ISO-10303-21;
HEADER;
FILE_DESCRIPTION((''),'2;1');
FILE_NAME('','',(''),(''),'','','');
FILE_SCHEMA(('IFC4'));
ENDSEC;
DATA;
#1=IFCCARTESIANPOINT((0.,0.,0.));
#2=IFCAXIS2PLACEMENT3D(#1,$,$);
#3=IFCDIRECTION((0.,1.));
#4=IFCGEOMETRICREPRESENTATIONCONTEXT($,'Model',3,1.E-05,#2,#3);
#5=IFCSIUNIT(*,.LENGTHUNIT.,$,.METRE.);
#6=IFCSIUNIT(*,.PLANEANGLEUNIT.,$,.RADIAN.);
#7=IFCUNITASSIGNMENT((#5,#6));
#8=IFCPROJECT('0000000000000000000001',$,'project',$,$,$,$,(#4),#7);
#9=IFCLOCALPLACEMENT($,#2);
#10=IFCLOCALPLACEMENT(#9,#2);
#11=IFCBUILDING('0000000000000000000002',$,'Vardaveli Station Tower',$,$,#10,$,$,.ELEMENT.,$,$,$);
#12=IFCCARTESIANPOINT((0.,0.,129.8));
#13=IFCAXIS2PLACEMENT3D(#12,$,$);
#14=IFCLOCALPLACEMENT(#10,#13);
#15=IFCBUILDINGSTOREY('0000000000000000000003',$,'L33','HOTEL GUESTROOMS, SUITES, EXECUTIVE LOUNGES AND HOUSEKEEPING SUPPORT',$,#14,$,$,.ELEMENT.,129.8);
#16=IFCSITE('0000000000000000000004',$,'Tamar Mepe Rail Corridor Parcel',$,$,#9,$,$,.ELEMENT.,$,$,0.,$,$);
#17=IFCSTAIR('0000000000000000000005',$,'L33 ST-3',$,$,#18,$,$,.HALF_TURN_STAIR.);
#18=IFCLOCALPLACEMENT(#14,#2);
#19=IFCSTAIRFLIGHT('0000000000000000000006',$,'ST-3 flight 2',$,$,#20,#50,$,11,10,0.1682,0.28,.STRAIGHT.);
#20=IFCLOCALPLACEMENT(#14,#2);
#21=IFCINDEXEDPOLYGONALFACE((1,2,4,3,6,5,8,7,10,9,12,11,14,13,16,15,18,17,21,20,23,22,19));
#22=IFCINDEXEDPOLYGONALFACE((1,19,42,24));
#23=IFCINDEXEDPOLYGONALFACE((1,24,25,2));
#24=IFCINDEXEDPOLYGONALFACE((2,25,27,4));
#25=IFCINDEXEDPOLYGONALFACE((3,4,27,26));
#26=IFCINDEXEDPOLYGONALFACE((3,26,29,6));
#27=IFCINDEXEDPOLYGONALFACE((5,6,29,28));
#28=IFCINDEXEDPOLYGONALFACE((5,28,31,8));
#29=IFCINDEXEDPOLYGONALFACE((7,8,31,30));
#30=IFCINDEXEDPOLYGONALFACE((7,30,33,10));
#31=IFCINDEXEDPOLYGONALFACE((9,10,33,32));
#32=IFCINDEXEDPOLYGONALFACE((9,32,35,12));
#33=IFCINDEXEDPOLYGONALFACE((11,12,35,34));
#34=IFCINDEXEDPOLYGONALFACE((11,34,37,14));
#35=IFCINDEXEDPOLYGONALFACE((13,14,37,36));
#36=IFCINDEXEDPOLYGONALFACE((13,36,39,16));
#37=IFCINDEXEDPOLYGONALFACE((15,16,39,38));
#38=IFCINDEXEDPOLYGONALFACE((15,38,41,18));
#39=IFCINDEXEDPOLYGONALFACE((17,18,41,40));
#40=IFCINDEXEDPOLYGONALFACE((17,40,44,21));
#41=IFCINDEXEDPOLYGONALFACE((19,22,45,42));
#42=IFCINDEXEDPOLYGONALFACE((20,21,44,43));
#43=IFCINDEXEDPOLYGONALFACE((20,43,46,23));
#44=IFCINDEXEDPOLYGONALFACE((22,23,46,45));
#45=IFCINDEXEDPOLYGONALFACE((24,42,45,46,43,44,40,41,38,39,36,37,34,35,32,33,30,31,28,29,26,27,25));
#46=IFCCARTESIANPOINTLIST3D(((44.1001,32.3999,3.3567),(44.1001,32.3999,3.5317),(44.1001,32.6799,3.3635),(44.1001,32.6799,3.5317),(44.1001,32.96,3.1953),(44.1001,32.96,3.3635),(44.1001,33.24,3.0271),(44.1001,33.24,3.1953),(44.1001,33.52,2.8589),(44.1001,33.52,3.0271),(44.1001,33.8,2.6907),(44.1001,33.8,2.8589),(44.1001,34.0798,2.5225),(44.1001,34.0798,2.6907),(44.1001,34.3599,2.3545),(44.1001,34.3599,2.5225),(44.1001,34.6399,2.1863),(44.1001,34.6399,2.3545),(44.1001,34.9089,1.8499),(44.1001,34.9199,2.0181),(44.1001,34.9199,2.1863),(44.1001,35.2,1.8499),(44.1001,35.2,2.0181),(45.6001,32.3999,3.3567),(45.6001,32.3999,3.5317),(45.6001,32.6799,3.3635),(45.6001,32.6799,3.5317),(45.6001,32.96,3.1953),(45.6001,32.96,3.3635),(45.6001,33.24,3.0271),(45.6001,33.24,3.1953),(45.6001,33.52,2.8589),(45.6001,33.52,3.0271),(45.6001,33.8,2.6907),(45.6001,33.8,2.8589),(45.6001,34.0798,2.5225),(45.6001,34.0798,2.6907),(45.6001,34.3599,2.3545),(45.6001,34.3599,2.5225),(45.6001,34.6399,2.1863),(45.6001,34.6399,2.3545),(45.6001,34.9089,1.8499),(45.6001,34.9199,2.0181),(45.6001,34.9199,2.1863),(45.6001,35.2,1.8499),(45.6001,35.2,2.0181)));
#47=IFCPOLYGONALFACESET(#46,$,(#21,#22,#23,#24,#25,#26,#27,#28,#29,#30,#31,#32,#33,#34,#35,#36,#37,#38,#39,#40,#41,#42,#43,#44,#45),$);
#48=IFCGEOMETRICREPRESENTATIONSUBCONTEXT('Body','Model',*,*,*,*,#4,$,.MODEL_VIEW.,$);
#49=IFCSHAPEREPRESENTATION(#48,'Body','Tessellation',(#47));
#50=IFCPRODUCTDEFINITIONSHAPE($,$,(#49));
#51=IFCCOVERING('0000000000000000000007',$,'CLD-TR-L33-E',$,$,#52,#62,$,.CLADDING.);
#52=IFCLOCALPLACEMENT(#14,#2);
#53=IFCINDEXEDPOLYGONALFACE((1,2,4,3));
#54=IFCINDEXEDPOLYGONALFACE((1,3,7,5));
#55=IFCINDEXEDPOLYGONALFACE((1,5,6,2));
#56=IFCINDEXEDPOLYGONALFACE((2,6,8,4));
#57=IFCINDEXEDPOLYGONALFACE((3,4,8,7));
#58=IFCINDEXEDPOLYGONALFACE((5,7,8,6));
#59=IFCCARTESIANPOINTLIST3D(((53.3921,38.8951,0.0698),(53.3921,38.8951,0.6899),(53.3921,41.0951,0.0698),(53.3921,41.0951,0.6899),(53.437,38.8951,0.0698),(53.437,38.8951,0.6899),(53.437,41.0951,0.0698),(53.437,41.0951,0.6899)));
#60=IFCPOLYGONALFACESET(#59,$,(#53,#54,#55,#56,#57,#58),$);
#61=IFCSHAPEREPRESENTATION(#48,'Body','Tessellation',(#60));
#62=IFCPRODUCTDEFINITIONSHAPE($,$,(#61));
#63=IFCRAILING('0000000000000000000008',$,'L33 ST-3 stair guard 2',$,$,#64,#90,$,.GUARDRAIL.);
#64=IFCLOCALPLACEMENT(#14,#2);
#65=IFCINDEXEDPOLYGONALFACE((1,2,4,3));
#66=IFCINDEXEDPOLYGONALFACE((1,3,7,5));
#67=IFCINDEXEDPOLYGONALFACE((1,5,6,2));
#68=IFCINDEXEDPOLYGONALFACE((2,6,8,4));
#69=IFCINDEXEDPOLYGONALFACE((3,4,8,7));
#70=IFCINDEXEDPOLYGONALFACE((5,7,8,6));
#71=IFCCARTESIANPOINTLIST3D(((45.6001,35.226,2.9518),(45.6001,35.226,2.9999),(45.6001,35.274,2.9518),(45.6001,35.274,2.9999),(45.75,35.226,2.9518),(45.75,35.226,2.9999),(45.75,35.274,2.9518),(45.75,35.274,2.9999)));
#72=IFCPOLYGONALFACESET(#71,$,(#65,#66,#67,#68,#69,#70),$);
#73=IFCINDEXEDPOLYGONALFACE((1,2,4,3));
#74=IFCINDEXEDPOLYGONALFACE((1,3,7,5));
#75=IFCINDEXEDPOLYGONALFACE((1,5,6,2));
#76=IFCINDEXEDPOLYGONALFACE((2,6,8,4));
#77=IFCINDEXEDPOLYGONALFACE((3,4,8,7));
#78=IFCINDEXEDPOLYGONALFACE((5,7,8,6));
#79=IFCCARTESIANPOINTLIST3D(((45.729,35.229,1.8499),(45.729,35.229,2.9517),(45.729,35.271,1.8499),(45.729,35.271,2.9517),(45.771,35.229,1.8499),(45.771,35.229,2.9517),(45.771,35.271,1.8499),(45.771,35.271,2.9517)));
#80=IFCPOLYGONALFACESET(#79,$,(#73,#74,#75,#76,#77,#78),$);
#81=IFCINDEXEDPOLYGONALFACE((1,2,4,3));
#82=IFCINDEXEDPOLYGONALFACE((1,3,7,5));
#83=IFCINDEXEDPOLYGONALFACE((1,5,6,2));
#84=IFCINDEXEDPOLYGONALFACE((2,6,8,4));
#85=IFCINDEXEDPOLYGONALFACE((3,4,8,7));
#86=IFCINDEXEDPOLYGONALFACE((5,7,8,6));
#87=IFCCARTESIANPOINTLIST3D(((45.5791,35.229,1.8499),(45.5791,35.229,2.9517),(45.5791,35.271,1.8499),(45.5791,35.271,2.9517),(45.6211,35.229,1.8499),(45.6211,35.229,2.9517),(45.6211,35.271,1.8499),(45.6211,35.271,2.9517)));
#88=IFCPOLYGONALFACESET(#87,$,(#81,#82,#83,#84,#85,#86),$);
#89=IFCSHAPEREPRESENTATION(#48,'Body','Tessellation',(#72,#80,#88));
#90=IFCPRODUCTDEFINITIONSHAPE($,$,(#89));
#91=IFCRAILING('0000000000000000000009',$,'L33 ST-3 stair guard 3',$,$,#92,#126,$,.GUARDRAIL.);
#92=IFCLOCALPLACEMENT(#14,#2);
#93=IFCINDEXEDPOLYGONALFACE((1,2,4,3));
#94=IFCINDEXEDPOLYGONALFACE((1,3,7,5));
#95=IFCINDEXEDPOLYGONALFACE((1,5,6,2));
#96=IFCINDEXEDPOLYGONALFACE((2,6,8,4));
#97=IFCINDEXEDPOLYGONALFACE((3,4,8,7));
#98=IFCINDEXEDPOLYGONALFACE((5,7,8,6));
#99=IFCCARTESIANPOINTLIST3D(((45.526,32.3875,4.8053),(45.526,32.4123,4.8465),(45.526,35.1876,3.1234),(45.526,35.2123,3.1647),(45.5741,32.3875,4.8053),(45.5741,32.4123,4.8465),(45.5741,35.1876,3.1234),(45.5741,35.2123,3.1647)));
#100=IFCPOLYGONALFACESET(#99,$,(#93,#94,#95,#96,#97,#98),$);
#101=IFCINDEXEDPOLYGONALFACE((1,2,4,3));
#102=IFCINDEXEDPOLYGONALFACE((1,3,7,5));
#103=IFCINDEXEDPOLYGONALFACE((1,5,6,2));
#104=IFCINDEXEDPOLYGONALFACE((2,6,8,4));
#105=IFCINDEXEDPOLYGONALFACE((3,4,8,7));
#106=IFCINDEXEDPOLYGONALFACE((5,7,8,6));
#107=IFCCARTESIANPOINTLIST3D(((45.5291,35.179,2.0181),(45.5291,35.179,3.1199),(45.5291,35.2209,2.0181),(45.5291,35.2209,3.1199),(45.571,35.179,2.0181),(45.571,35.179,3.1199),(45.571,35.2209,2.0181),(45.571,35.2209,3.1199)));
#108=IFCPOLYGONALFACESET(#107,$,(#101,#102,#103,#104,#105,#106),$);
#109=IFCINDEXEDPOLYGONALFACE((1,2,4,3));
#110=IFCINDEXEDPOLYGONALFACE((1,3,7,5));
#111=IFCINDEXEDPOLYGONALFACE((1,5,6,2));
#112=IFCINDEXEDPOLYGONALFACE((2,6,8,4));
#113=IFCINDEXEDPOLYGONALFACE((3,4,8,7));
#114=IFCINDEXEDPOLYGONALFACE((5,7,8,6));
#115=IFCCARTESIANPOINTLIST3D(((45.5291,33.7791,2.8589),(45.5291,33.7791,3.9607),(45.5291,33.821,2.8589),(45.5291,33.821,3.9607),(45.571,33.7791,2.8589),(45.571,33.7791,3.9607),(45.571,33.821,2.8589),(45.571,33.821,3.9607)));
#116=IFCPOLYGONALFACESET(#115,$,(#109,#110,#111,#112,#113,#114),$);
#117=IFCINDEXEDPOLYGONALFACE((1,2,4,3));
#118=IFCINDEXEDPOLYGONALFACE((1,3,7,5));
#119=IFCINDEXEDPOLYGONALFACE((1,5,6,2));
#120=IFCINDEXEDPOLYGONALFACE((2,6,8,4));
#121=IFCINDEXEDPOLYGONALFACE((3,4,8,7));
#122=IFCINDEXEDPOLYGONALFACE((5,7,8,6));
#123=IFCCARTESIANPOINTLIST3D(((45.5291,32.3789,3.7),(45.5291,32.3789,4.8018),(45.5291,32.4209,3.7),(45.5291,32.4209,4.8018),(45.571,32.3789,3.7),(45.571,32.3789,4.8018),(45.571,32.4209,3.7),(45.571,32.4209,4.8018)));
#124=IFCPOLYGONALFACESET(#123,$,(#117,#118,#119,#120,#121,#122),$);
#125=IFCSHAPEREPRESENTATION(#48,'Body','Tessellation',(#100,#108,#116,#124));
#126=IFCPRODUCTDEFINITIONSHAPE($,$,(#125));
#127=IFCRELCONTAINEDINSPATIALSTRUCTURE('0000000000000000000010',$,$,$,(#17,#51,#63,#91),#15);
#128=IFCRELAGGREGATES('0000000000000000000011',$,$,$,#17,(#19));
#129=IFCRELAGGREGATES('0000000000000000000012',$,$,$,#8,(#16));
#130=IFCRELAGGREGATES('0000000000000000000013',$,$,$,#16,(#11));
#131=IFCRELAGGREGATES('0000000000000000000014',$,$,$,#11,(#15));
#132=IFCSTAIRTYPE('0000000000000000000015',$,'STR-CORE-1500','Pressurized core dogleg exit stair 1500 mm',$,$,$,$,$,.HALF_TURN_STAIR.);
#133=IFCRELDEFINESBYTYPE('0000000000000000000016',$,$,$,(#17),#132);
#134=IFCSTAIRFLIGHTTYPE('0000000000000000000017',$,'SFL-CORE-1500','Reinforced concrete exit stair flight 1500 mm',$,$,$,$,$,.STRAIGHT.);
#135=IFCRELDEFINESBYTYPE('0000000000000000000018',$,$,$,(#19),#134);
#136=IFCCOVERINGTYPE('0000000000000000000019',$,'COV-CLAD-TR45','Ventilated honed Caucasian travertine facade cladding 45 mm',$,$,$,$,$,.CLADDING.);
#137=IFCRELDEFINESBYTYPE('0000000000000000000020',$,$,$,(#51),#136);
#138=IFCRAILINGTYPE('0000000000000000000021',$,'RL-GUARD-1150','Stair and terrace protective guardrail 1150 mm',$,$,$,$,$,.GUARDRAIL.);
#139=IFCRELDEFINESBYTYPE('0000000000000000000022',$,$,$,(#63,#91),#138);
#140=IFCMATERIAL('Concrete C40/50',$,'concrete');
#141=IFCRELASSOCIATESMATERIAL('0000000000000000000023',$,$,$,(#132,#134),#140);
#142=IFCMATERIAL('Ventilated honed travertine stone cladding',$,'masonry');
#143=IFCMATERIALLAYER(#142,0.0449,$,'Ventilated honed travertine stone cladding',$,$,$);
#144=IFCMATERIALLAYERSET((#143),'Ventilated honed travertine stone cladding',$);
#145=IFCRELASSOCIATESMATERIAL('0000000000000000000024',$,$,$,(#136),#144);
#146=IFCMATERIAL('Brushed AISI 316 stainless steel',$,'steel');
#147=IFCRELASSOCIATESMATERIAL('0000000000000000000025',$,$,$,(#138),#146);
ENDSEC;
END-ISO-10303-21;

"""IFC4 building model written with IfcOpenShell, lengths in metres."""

from ifc_helpers import new_model, si_unit, direction, frame, origin, origin_2d, place, context, subcontext, project, spatial, polyline, rectangle, outline, extrude, source, transform, mapped, material, layer, layer_set, type_object, element, aggregate, save


model = new_model("IFC4")

# Units and contexts
model_context = context("Model", 3, precision=1e-05, world=origin(), true_north=direction((0.0, 1.0)))
body_context = subcontext(model_context, "Body", "Model", "MODEL_VIEW")
ifc_project = project(units=[si_unit("LENGTHUNIT", "METRE"), si_unit("PLANEANGLEUNIT", "RADIAN")], contexts=[model_context])

# Site, building, storey
site_placement = place(None, origin())
site = spatial("IfcSite", under=ifc_project, at=site_placement, Name="Tamar Mepe Rail Corridor Parcel", CompositionType="ELEMENT", RefElevation=0.0)
building_placement = place(site_placement, origin())
building = spatial("IfcBuilding", under=site, at=building_placement, Name="Vardaveli Station Tower", CompositionType="ELEMENT")
storey_placement = place(building_placement, frame((0.0, 0.0, 129.8)))
storey = spatial("IfcBuildingStorey", under=building, at=storey_placement, Name="L33", Description="HOTEL GUESTROOMS, SUITES, EXECUTIVE LOUNGES AND HOUSEKEEPING SUPPORT", CompositionType="ELEMENT", Elevation=129.8)

# Shared definitions
ifc_material_1 = material(Name="Concrete C40/50", Category="concrete")

# Stair, stair flight
stair_type = type_object("IfcStairType", Name="STR-CORE-1500", Description="Pressurized core dogleg exit stair 1500 mm", PredefinedType="HALF_TURN_STAIR", material=ifc_material_1)
stair_placement = place(storey_placement, origin())
stair = element("IfcStair", 1, at=stair_placement, inside=storey, type_object=stair_type, Name="L33 ST-3", PredefinedType="HALF_TURN_STAIR")
stair_flight_type = type_object("IfcStairFlightType", Name="SFL-CORE-1500", Description="Reinforced concrete exit stair flight 1500 mm", PredefinedType="STRAIGHT", material=ifc_material_1)
shared_shape_1 = source(origin(), body_context, "Body", "SweptSolid", [
    extrude(outline(polyline([(0.0, 0.0), (0.0, 0.1682), (0.28, 0.1682), (0.28, 0.3364), (0.5601, 0.3364), (0.5601, 0.5046), (0.8401, 0.5046), (0.8401, 0.6726), (1.1201, 0.6726), (1.1201, 0.8408), (1.3999, 0.8408), (1.3999, 1.009), (1.6799, 1.009), (1.6799, 1.1772), (1.96, 1.1772), (1.96, 1.3455), (2.24, 1.3455), (2.24, 1.5137), (2.52, 1.5137), (2.52, 1.6819), (2.8, 1.6819), (2.8, 1.8501), (2.8, 1.5068), (0.291, 0.0), (0.0, 0.0)])), frame((0.0, 0.75, 0.0), z_axis=(0.0, -1.0, 0.0), x_axis=(1.0, 0.0, 0.0)), (0.0, 0.0, 1.0), 1.5),
])
stair_flight_placement = place(storey_placement, frame((44.8501, 35.2, 1.8499), z_axis=(0.0, 0.0, 1.0), x_axis=(0.0, -1.0, 0.0)))
stair_flight = element("IfcStairFlight", 2, at=stair_flight_placement, type_object=stair_flight_type, Name="ST-3 flight 2", NumberOfRisers=11, NumberOfTreads=10, PredefinedType="STRAIGHT", RiserHeight=0.1682, TreadLength=0.28, context=body_context, shape_type="MappedRepresentation", body=[
    mapped(shared_shape_1, transform((0.0, 0.0, 0.0), scale=1.0)),
])
aggregate(stair, [stair_flight])

# Covering
ifc_material_2 = material(Name="Ventilated honed travertine stone cladding", Category="masonry")
ifc_layer_1 = layer(ifc_material_2, 0.0449, Name="Ventilated honed travertine stone cladding")
ifc_layer_set_1 = layer_set([ifc_layer_1], Name="Ventilated honed travertine stone cladding")
covering_type = type_object("IfcCoveringType", Name="COV-CLAD-TR45", Description="Ventilated honed Caucasian travertine facade cladding 45 mm", PredefinedType="CLADDING", material=ifc_layer_set_1)
shared_shape_2 = source(origin(), body_context, "Body", "SweptSolid", [
    extrude(rectangle(XDim=2.2, YDim=0.0449, at=origin_2d()), origin(), (0.0, 0.0, 1.0), 0.6201),
])
covering_placement = place(storey_placement, frame((53.4146, 39.9951, 0.0698), z_axis=(0.0, 0.0, 1.0), x_axis=(0.0, 1.0, 0.0)))
element("IfcCovering", 3, at=covering_placement, inside=storey, type_object=covering_type, Name="CLD-TR-L33-E", PredefinedType="CLADDING", context=body_context, shape_type="MappedRepresentation", body=[
    mapped(shared_shape_2, transform((0.0, 0.0, 0.0), scale=1.0)),
])

# Railings
ifc_material_3 = material(Name="Brushed AISI 316 stainless steel", Category="steel")
railing_type = type_object("IfcRailingType", Name="RL-GUARD-1150", Description="Stair and terrace protective guardrail 1150 mm", PredefinedType="GUARDRAIL", material=ifc_material_3)
shared_shape_3 = source(origin(), body_context, "Body", "SweptSolid", [
    extrude(rectangle(XDim=0.0481, YDim=0.0481, at=origin_2d()), frame((0.0, 0.0, 1.126), z_axis=(-1.0, 0.0, 0.0), x_axis=(0.0, -1.0, 0.0)), (0.0, 0.0, 1.0), 0.1499),
    extrude(rectangle(XDim=0.042, YDim=0.042, at=origin_2d()), origin(), (0.0, 0.0, 1.0), 1.1018),
    extrude(rectangle(XDim=0.042, YDim=0.042, at=origin_2d()), frame((-0.1499, 0.0, 0.0)), (0.0, 0.0, 1.0), 1.1018),
])
railing_1_placement = place(storey_placement, frame((45.75, 35.25, 1.8499)))
element("IfcRailing", 4, at=railing_1_placement, inside=storey, type_object=railing_type, Name="L33 ST-3 stair guard 2", PredefinedType="GUARDRAIL", context=body_context, shape_type="MappedRepresentation", body=[
    mapped(shared_shape_3, transform((0.0, 0.0, 0.0), scale=1.0)),
])
shared_shape_4 = source(origin(), body_context, "Body", "SweptSolid", [
    extrude(rectangle(XDim=0.0481, YDim=0.0481, at=origin_2d()), frame((0.0, 0.0, 1.126), z_axis=(0.0, -0.857242, 0.514913), x_axis=(1.0, 0.0, 0.0)), (0.0, 0.0, 1.0), 3.2664),
    extrude(rectangle(XDim=0.042, YDim=0.042, at=origin_2d()), origin(), (0.0, 0.0, 1.0), 1.1018),
    extrude(rectangle(XDim=0.042, YDim=0.042, at=origin_2d()), frame((0.0, -1.3999, 0.8408)), (0.0, 0.0, 1.0), 1.1018),
    extrude(rectangle(XDim=0.042, YDim=0.042, at=origin_2d()), frame((0.0, -2.8, 1.6819)), (0.0, 0.0, 1.0), 1.1018),
])
railing_2_placement = place(storey_placement, frame((45.55, 35.2, 2.0181)))
element("IfcRailing", 5, at=railing_2_placement, inside=storey, type_object=railing_type, Name="L33 ST-3 stair guard 3", PredefinedType="GUARDRAIL", context=body_context, shape_type="MappedRepresentation", body=[
    mapped(shared_shape_4, transform((0.0, 0.0, 0.0), scale=1.0)),
])

save(model, "model.ifc")
